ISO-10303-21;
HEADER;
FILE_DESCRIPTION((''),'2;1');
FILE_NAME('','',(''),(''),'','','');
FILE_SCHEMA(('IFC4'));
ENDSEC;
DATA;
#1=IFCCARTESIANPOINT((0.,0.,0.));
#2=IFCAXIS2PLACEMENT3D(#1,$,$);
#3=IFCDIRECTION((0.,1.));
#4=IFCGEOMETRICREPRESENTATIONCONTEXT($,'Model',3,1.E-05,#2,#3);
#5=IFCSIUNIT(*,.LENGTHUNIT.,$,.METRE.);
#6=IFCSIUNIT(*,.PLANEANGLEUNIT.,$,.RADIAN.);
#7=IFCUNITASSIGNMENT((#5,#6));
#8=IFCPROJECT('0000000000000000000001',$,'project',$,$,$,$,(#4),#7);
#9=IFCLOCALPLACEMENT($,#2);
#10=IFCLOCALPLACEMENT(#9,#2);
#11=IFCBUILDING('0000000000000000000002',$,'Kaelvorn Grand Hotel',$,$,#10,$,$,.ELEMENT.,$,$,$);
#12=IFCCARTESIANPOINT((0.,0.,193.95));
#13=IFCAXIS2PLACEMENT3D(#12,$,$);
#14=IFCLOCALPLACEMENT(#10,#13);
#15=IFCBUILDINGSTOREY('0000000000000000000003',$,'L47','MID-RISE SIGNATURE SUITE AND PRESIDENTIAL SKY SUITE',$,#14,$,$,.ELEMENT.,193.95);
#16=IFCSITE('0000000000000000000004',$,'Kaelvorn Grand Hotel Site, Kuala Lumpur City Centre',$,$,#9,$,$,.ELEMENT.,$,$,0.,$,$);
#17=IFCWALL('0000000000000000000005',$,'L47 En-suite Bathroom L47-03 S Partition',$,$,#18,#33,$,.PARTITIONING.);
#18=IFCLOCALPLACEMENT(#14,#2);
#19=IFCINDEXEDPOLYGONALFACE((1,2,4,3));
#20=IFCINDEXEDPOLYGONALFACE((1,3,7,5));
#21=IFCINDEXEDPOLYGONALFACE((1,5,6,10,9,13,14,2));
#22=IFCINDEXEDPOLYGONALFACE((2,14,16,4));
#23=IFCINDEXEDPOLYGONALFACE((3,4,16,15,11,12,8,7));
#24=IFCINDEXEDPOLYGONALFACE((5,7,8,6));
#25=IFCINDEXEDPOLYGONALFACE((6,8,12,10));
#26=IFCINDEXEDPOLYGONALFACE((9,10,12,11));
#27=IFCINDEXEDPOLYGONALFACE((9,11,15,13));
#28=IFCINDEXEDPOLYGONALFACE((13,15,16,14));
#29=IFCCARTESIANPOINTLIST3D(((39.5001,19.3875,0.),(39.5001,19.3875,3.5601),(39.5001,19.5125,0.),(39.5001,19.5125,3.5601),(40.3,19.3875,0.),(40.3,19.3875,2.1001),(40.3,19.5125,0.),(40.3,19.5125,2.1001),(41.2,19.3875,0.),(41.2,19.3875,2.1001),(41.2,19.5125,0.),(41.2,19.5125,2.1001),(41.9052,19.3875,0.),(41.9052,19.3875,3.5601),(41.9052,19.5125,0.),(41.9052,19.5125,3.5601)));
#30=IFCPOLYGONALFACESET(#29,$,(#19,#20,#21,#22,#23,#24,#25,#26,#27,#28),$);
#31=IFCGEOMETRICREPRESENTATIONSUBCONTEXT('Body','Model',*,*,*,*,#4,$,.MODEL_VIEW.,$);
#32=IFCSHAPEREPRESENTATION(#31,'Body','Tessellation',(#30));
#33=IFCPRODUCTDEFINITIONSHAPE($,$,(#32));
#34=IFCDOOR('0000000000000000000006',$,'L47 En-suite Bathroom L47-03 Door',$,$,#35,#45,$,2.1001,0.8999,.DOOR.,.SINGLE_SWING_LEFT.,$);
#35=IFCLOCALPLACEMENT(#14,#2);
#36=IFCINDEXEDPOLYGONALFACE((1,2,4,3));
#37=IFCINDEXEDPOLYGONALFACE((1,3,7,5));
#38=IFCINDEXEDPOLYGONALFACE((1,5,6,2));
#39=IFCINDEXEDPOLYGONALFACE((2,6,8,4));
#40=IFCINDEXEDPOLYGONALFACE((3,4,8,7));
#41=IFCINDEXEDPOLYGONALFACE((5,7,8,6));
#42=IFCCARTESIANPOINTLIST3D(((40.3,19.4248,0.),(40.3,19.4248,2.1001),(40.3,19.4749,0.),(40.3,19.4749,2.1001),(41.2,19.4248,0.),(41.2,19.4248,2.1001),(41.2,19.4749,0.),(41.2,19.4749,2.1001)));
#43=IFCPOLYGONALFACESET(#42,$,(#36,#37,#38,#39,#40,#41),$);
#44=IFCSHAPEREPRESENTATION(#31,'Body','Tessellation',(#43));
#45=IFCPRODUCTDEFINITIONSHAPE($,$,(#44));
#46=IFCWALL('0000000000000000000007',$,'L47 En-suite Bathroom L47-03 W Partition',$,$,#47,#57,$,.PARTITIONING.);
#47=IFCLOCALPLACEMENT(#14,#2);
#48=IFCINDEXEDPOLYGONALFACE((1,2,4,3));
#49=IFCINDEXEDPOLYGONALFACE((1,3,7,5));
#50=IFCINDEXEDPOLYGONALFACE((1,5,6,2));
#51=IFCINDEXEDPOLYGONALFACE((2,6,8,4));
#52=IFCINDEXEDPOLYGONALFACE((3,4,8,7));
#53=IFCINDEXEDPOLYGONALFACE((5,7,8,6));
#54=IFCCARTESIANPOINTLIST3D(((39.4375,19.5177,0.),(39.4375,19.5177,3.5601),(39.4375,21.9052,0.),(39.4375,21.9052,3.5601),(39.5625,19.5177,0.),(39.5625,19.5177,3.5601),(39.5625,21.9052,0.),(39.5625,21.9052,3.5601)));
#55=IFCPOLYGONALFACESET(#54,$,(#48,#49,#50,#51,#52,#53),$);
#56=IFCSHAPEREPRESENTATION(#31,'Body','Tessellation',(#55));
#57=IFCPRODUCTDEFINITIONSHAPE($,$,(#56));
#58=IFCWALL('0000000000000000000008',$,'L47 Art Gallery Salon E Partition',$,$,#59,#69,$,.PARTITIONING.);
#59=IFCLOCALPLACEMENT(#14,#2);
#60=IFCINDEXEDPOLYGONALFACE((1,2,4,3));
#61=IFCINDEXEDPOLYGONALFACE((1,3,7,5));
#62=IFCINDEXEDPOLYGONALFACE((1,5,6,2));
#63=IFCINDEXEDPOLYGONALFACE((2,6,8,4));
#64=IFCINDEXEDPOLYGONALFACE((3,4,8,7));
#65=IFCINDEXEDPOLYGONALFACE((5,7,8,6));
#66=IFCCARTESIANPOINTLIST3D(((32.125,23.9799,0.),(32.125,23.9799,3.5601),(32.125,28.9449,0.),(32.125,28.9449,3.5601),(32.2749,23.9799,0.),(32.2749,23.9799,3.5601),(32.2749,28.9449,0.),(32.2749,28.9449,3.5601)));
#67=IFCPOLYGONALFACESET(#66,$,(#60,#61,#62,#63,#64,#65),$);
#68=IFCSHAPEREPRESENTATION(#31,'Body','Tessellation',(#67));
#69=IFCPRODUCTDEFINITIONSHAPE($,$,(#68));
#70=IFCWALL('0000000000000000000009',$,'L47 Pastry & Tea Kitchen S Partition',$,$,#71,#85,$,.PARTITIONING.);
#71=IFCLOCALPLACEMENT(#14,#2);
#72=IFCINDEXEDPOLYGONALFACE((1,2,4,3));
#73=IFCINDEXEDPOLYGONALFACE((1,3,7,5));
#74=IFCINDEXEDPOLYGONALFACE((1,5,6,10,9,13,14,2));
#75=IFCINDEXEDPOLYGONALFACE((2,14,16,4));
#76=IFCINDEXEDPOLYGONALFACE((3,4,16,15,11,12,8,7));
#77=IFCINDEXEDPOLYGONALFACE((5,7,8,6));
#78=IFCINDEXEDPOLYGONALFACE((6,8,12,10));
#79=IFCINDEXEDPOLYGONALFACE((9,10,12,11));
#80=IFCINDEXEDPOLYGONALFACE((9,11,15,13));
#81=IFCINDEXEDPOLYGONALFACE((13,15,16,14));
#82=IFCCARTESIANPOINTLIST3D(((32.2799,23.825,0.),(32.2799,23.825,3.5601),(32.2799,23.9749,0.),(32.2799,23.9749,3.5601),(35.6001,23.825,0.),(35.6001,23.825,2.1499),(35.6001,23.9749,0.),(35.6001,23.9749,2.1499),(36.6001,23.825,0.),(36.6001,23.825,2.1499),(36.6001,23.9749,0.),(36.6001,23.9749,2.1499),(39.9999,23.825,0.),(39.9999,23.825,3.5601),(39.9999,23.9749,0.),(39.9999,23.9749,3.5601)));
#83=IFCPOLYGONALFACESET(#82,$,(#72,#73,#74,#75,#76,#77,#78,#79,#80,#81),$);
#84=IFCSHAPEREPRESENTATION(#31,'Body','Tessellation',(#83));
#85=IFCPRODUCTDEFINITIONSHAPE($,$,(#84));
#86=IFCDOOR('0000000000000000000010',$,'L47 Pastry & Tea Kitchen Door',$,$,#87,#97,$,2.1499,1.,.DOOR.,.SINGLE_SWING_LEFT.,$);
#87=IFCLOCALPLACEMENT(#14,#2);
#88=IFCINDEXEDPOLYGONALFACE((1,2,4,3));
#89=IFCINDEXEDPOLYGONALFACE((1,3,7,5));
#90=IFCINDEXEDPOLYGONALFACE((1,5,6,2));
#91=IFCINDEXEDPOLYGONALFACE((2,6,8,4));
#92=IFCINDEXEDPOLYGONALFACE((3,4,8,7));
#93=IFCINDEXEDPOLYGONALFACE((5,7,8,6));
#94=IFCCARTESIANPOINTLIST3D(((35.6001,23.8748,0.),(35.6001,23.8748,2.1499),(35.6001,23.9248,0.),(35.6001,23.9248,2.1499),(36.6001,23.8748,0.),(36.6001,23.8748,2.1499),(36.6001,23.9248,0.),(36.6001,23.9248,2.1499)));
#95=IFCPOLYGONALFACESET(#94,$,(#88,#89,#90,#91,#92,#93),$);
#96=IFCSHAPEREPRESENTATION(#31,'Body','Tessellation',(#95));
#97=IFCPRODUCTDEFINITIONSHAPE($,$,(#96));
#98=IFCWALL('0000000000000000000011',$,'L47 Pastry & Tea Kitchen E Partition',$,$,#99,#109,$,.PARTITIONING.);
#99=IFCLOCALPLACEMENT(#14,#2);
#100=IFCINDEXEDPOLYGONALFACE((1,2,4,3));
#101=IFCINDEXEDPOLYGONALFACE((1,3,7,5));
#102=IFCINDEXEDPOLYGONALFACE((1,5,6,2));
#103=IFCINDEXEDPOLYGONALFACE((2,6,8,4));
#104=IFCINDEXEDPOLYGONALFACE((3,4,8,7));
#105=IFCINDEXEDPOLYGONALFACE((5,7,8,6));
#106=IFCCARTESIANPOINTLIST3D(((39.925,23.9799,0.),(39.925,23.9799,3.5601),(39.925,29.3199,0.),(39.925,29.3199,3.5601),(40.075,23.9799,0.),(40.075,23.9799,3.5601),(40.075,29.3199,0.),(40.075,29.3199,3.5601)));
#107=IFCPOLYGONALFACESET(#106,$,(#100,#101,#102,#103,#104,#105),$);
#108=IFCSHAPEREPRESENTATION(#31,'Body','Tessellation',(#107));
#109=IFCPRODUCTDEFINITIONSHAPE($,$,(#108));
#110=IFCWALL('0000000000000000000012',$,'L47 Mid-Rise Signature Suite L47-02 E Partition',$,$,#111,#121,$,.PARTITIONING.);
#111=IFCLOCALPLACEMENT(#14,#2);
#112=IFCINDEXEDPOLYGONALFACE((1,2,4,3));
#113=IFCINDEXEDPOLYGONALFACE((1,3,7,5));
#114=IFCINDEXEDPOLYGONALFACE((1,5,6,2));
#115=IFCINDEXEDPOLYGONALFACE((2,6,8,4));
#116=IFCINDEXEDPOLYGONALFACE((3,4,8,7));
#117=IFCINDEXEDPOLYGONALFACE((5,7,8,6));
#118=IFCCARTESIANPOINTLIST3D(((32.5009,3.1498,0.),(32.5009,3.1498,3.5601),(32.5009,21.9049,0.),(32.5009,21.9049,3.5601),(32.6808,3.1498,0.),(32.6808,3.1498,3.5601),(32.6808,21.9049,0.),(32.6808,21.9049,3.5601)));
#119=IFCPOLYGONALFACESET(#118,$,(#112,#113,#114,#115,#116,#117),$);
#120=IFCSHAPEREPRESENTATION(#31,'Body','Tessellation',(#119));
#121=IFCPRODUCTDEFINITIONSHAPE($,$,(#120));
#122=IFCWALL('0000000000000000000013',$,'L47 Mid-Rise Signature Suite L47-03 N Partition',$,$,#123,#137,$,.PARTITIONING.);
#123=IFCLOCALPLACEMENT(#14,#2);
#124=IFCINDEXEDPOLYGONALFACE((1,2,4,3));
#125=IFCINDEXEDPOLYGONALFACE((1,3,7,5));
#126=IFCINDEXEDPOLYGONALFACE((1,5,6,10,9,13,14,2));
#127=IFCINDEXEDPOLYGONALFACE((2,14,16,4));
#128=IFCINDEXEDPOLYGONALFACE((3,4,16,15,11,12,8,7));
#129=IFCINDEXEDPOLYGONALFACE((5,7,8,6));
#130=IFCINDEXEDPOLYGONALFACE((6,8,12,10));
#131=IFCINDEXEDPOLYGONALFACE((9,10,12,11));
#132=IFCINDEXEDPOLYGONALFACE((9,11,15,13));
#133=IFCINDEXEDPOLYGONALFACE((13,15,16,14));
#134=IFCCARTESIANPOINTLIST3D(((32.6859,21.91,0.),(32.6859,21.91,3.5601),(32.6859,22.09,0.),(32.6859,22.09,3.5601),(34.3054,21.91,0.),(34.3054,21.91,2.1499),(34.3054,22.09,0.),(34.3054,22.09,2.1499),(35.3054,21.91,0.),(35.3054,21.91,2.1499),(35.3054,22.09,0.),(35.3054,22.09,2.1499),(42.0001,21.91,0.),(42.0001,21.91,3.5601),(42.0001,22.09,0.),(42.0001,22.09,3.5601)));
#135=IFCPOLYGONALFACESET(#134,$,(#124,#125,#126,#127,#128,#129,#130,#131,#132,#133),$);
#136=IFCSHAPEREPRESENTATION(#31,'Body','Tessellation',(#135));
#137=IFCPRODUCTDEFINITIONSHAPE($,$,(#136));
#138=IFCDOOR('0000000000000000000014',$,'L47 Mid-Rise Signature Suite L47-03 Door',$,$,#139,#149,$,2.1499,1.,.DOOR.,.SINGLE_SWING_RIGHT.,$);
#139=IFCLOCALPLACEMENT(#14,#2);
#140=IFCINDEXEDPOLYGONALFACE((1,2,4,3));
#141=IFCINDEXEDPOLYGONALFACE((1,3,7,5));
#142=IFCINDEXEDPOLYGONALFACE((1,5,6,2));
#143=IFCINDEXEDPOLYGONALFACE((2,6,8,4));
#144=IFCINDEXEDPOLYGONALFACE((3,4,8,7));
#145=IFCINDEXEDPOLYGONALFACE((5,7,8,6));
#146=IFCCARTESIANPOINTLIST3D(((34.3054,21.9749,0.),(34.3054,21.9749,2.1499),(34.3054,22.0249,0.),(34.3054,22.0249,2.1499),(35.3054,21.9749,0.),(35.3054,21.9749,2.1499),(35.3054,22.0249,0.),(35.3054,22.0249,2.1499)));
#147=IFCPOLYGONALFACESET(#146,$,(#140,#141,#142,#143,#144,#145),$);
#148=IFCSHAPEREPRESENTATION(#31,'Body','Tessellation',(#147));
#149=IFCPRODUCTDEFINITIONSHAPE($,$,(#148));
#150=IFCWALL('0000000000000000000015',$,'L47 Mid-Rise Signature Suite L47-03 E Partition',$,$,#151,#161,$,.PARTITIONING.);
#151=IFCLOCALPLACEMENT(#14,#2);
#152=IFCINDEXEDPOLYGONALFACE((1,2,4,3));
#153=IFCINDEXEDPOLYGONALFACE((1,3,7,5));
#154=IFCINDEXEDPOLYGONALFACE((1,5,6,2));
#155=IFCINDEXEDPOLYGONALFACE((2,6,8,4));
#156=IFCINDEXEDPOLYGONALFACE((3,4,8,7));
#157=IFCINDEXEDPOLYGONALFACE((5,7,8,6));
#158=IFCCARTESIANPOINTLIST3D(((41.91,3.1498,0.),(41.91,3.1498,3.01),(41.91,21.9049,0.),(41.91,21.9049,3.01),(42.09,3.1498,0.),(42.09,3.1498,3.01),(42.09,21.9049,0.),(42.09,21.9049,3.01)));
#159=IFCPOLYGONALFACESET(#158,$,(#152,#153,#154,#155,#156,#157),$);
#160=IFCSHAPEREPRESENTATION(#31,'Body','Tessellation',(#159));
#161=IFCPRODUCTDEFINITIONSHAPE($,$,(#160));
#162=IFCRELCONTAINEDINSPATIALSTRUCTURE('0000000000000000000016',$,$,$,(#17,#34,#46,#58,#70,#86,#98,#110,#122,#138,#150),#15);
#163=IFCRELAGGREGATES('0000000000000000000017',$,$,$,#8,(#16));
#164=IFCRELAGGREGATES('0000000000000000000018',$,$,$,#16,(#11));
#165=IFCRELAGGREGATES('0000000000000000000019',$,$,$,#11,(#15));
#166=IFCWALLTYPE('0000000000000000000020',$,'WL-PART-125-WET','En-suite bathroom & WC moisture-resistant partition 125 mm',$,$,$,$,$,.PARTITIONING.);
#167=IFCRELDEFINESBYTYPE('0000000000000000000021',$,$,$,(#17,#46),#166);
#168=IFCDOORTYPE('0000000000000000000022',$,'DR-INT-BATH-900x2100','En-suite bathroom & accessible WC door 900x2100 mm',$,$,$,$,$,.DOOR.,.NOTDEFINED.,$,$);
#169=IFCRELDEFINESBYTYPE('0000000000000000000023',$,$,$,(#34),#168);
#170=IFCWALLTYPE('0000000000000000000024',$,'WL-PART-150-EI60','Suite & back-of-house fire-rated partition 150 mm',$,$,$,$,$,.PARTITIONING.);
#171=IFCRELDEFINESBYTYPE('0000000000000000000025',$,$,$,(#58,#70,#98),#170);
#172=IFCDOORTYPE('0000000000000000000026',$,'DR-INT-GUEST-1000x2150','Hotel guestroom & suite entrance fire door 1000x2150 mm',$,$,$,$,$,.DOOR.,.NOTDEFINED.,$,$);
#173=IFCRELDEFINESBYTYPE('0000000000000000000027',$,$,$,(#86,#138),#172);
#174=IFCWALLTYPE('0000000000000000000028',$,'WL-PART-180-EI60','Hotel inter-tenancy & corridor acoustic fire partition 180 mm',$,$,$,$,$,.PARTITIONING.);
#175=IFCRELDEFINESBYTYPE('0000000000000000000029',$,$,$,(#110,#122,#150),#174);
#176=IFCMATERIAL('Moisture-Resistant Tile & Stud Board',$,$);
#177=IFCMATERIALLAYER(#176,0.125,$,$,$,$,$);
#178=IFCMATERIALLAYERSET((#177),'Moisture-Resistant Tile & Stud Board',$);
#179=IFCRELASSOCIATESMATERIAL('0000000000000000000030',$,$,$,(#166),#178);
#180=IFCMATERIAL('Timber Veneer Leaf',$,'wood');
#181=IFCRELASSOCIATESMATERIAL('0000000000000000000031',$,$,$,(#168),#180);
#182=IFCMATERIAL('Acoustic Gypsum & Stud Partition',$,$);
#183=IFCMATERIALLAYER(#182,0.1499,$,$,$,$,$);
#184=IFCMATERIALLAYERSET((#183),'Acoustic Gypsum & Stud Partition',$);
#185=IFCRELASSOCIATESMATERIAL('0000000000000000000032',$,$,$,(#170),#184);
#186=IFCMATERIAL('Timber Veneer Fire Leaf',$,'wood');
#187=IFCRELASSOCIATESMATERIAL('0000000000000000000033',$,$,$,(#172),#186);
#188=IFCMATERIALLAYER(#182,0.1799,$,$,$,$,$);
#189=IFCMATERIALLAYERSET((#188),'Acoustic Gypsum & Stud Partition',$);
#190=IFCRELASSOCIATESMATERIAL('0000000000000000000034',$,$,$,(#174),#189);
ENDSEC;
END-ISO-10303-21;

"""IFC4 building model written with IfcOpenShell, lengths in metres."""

from ifc_helpers import new_model, si_unit, direction, frame, frame_2d, origin, place, context, subcontext, project, spatial, rectangle, extrude, material, layer, layer_set, type_object, element, fill, save


model = new_model("IFC4")

# Units and contexts
model_context = context("Model", 3, precision=1e-05, world=origin(), true_north=direction((0.0, 1.0)))
body_context = subcontext(model_context, "Body", "Model", "MODEL_VIEW")
ifc_project = project(units=[si_unit("LENGTHUNIT", "METRE"), si_unit("PLANEANGLEUNIT", "RADIAN")], contexts=[model_context])

# Site, building, storey
site_placement = place(None, origin())
site = spatial("IfcSite", under=ifc_project, at=site_placement, Name="Kaelvorn Grand Hotel Site, Kuala Lumpur City Centre", CompositionType="ELEMENT", RefElevation=0.0)
building_placement = place(site_placement, origin())
building = spatial("IfcBuilding", under=site, at=building_placement, Name="Kaelvorn Grand Hotel", CompositionType="ELEMENT")
storey_placement = place(building_placement, frame((0.0, 0.0, 193.95)))
storey = spatial("IfcBuildingStorey", under=building, at=storey_placement, Name="L47", Description="MID-RISE SIGNATURE SUITE AND PRESIDENTIAL SKY SUITE", CompositionType="ELEMENT", Elevation=193.95)

# Wall, opening, door
ifc_material_1 = material(Name="Moisture-Resistant Tile & Stud Board")
ifc_layer_1 = layer(ifc_material_1, 0.125)
ifc_layer_set_1 = layer_set([ifc_layer_1], Name="Moisture-Resistant Tile & Stud Board")
wall_type_1 = type_object("IfcWallType", Name="WL-PART-125-WET", Description="En-suite bathroom & WC moisture-resistant partition 125 mm", PredefinedType="PARTITIONING", material=ifc_layer_set_1)
wall_1_placement = place(storey_placement, frame((39.5, 19.45, 0.0), z_axis=(0.0, 0.0, 1.0), x_axis=(1.0, 0.0, 0.0)))
wall_1 = element("IfcWall", 1, at=wall_1_placement, inside=storey, type_object=wall_type_1, Name="L47 En-suite Bathroom L47-03 S Partition", PredefinedType="PARTITIONING", context=body_context, shape_type="SweptSolid", body=[
    extrude(rectangle(XDim=2.405, YDim=0.125, at=frame_2d((1.2026, 0.0))), origin(), (0.0, 0.0, 1.0), 3.5601),
])
opening_1_placement = place(wall_1_placement, frame((0.8, 0.0, 0.0)))
opening_1 = element("IfcOpeningElement", 2, at=opening_1_placement, cuts=wall_1, PredefinedType="OPENING", context=body_context, shape_type="SweptSolid", body=[
    extrude(rectangle(XDim=0.8999, YDim=2.1001, at=frame_2d((0.45, 1.05))), frame((0.0, 0.0725, 0.0), z_axis=(0.0, -1.0, 0.0), x_axis=(1.0, 0.0, 0.0)), (0.0, 0.0, 1.0), 0.145),
])
ifc_material_2 = material(Name="Timber Veneer Leaf", Category="wood")
door_type_1 = type_object("IfcDoorType", Name="DR-INT-BATH-900x2100", Description="En-suite bathroom & accessible WC door 900x2100 mm", OperationType="NOTDEFINED", PredefinedType="DOOR", material=ifc_material_2)
door_1_placement = place(opening_1_placement, origin())
door_1 = element("IfcDoor", 3, at=door_1_placement, inside=storey, type_object=door_type_1, Name="L47 En-suite Bathroom L47-03 Door", OperationType="SINGLE_SWING_LEFT", OverallHeight=2.1001, OverallWidth=0.8999, PredefinedType="DOOR", context=body_context, shape_type="SweptSolid", body=[
    extrude(rectangle(XDim=0.8999, YDim=2.1001, at=frame_2d((0.45, 1.05))), frame((0.0, 0.0249, 0.0), z_axis=(0.0, -1.0, 0.0), x_axis=(1.0, 0.0, 0.0)), (0.0, 0.0, 1.0), 0.05),
])
fill(opening_1, door_1)

# Walls
wall_2_placement = place(storey_placement, frame((39.5, 19.5176, 0.0), z_axis=(0.0, 0.0, 1.0), x_axis=(0.0, 1.0, 0.0)))
element("IfcWall", 4, at=wall_2_placement, inside=storey, type_object=wall_type_1, Name="L47 En-suite Bathroom L47-03 W Partition", PredefinedType="PARTITIONING", context=body_context, shape_type="SweptSolid", body=[
    extrude(rectangle(XDim=2.3875, YDim=0.125, at=frame_2d((1.1938, 0.0))), origin(), (0.0, 0.0, 1.0), 3.5601),
])
ifc_material_3 = material(Name="Acoustic Gypsum & Stud Partition")
ifc_layer_2 = layer(ifc_material_3, 0.1499)
ifc_layer_set_2 = layer_set([ifc_layer_2], Name="Acoustic Gypsum & Stud Partition")
wall_type_2 = type_object("IfcWallType", Name="WL-PART-150-EI60", Description="Suite & back-of-house fire-rated partition 150 mm", PredefinedType="PARTITIONING", material=ifc_layer_set_2)
wall_3_placement = place(storey_placement, frame((32.2, 23.98, 0.0), z_axis=(0.0, 0.0, 1.0), x_axis=(0.0, 1.0, 0.0)))
element("IfcWall", 5, at=wall_3_placement, inside=storey, type_object=wall_type_2, Name="L47 Art Gallery Salon E Partition", PredefinedType="PARTITIONING", context=body_context, shape_type="SweptSolid", body=[
    extrude(rectangle(XDim=4.9651, YDim=0.1499, at=frame_2d((2.4824, 0.0))), origin(), (0.0, 0.0, 1.0), 3.5601),
])

# Wall, opening, door
wall_4_placement = place(storey_placement, frame((32.28, 23.8999, 0.0), z_axis=(0.0, 0.0, 1.0), x_axis=(1.0, 0.0, 0.0)))
wall_4 = element("IfcWall", 6, at=wall_4_placement, inside=storey, type_object=wall_type_2, Name="L47 Pastry & Tea Kitchen S Partition", PredefinedType="PARTITIONING", context=body_context, shape_type="SweptSolid", body=[
    extrude(rectangle(XDim=7.72, YDim=0.1499, at=frame_2d((3.8599, 0.0))), origin(), (0.0, 0.0, 1.0), 3.5601),
])
opening_2_placement = place(wall_4_placement, frame((3.3201, 0.0, 0.0)))
opening_2 = element("IfcOpeningElement", 7, at=opening_2_placement, cuts=wall_4, PredefinedType="OPENING", context=body_context, shape_type="SweptSolid", body=[
    extrude(rectangle(XDim=1.0, YDim=2.1499, at=frame_2d((0.5, 1.075))), frame((0.0, 0.085, 0.0), z_axis=(0.0, -1.0, 0.0), x_axis=(1.0, 0.0, 0.0)), (0.0, 0.0, 1.0), 0.1699),
])
ifc_material_4 = material(Name="Timber Veneer Fire Leaf", Category="wood")
door_type_2 = type_object("IfcDoorType", Name="DR-INT-GUEST-1000x2150", Description="Hotel guestroom & suite entrance fire door 1000x2150 mm", OperationType="NOTDEFINED", PredefinedType="DOOR", material=ifc_material_4)
door_2_placement = place(opening_2_placement, origin())
door_2 = element("IfcDoor", 8, at=door_2_placement, inside=storey, type_object=door_type_2, Name="L47 Pastry & Tea Kitchen Door", OperationType="SINGLE_SWING_LEFT", OverallHeight=2.1499, OverallWidth=1.0, PredefinedType="DOOR", context=body_context, shape_type="SweptSolid", body=[
    extrude(rectangle(XDim=1.0, YDim=2.1499, at=frame_2d((0.5, 1.075))), frame((0.0, 0.0249, 0.0), z_axis=(0.0, -1.0, 0.0), x_axis=(1.0, 0.0, 0.0)), (0.0, 0.0, 1.0), 0.05),
])
fill(opening_2, door_2)

# Walls
wall_5_placement = place(storey_placement, frame((40.0, 23.98, 0.0), z_axis=(0.0, 0.0, 1.0), x_axis=(0.0, 1.0, 0.0)))
element("IfcWall", 9, at=wall_5_placement, inside=storey, type_object=wall_type_2, Name="L47 Pastry & Tea Kitchen E Partition", PredefinedType="PARTITIONING", context=body_context, shape_type="SweptSolid", body=[
    extrude(rectangle(XDim=5.3401, YDim=0.1499, at=frame_2d((2.6699, 0.0))), origin(), (0.0, 0.0, 1.0), 3.5601),
])
ifc_layer_3 = layer(ifc_material_3, 0.1799)
ifc_layer_set_3 = layer_set([ifc_layer_3], Name="Acoustic Gypsum & Stud Partition")
wall_type_3 = type_object("IfcWallType", Name="WL-PART-180-EI60", Description="Hotel inter-tenancy & corridor acoustic fire partition 180 mm", PredefinedType="PARTITIONING", material=ifc_layer_set_3)
wall_6_placement = place(storey_placement, frame((32.5908, 3.1499, 0.0), z_axis=(0.0, 0.0, 1.0), x_axis=(0.0, 1.0, 0.0)))
element("IfcWall", 10, at=wall_6_placement, inside=storey, type_object=wall_type_3, Name="L47 Mid-Rise Signature Suite L47-02 E Partition", PredefinedType="PARTITIONING", context=body_context, shape_type="SweptSolid", body=[
    extrude(rectangle(XDim=18.7551, YDim=0.1799, at=frame_2d((9.3774, 0.0))), origin(), (0.0, 0.0, 1.0), 3.5601),
])

# Wall, opening, door
wall_7_placement = place(storey_placement, frame((32.6858, 22.0, 0.0), z_axis=(0.0, 0.0, 1.0), x_axis=(1.0, 0.0, 0.0)))
wall_7 = element("IfcWall", 11, at=wall_7_placement, inside=storey, type_object=wall_type_3, Name="L47 Mid-Rise Signature Suite L47-03 N Partition", PredefinedType="PARTITIONING", context=body_context, shape_type="SweptSolid", body=[
    extrude(rectangle(XDim=9.3142, YDim=0.1799, at=frame_2d((4.6572, 0.0))), origin(), (0.0, 0.0, 1.0), 3.5601),
])
opening_3_placement = place(wall_7_placement, frame((1.6196, 0.0, 0.0)))
opening_3 = element("IfcOpeningElement", 12, at=opening_3_placement, cuts=wall_7, PredefinedType="OPENING", context=body_context, shape_type="SweptSolid", body=[
    extrude(rectangle(XDim=1.0, YDim=2.1499, at=frame_2d((0.5, 1.075))), frame((0.0, 0.1001, 0.0), z_axis=(0.0, -1.0, 0.0), x_axis=(1.0, 0.0, 0.0)), (0.0, 0.0, 1.0), 0.2),
])
door_3_placement = place(opening_3_placement, origin())
door_3 = element("IfcDoor", 13, at=door_3_placement, inside=storey, type_object=door_type_2, Name="L47 Mid-Rise Signature Suite L47-03 Door", OperationType="SINGLE_SWING_RIGHT", OverallHeight=2.1499, OverallWidth=1.0, PredefinedType="DOOR", context=body_context, shape_type="SweptSolid", body=[
    extrude(rectangle(XDim=1.0, YDim=2.1499, at=frame_2d((0.5, 1.075))), frame((0.0, 0.0249, 0.0), z_axis=(0.0, -1.0, 0.0), x_axis=(1.0, 0.0, 0.0)), (0.0, 0.0, 1.0), 0.05),
])
fill(opening_3, door_3)

# Wall
wall_8_placement = place(storey_placement, frame((42.0, 3.1499, 0.0), z_axis=(0.0, 0.0, 1.0), x_axis=(0.0, 1.0, 0.0)))
element("IfcWall", 14, at=wall_8_placement, inside=storey, type_object=wall_type_3, Name="L47 Mid-Rise Signature Suite L47-03 E Partition", PredefinedType="PARTITIONING", context=body_context, shape_type="SweptSolid", body=[
    extrude(rectangle(XDim=18.7551, YDim=0.1799, at=frame_2d((9.3774, 0.0))), origin(), (0.0, 0.0, 1.0), 3.01),
])

save(model, "model.ifc")
